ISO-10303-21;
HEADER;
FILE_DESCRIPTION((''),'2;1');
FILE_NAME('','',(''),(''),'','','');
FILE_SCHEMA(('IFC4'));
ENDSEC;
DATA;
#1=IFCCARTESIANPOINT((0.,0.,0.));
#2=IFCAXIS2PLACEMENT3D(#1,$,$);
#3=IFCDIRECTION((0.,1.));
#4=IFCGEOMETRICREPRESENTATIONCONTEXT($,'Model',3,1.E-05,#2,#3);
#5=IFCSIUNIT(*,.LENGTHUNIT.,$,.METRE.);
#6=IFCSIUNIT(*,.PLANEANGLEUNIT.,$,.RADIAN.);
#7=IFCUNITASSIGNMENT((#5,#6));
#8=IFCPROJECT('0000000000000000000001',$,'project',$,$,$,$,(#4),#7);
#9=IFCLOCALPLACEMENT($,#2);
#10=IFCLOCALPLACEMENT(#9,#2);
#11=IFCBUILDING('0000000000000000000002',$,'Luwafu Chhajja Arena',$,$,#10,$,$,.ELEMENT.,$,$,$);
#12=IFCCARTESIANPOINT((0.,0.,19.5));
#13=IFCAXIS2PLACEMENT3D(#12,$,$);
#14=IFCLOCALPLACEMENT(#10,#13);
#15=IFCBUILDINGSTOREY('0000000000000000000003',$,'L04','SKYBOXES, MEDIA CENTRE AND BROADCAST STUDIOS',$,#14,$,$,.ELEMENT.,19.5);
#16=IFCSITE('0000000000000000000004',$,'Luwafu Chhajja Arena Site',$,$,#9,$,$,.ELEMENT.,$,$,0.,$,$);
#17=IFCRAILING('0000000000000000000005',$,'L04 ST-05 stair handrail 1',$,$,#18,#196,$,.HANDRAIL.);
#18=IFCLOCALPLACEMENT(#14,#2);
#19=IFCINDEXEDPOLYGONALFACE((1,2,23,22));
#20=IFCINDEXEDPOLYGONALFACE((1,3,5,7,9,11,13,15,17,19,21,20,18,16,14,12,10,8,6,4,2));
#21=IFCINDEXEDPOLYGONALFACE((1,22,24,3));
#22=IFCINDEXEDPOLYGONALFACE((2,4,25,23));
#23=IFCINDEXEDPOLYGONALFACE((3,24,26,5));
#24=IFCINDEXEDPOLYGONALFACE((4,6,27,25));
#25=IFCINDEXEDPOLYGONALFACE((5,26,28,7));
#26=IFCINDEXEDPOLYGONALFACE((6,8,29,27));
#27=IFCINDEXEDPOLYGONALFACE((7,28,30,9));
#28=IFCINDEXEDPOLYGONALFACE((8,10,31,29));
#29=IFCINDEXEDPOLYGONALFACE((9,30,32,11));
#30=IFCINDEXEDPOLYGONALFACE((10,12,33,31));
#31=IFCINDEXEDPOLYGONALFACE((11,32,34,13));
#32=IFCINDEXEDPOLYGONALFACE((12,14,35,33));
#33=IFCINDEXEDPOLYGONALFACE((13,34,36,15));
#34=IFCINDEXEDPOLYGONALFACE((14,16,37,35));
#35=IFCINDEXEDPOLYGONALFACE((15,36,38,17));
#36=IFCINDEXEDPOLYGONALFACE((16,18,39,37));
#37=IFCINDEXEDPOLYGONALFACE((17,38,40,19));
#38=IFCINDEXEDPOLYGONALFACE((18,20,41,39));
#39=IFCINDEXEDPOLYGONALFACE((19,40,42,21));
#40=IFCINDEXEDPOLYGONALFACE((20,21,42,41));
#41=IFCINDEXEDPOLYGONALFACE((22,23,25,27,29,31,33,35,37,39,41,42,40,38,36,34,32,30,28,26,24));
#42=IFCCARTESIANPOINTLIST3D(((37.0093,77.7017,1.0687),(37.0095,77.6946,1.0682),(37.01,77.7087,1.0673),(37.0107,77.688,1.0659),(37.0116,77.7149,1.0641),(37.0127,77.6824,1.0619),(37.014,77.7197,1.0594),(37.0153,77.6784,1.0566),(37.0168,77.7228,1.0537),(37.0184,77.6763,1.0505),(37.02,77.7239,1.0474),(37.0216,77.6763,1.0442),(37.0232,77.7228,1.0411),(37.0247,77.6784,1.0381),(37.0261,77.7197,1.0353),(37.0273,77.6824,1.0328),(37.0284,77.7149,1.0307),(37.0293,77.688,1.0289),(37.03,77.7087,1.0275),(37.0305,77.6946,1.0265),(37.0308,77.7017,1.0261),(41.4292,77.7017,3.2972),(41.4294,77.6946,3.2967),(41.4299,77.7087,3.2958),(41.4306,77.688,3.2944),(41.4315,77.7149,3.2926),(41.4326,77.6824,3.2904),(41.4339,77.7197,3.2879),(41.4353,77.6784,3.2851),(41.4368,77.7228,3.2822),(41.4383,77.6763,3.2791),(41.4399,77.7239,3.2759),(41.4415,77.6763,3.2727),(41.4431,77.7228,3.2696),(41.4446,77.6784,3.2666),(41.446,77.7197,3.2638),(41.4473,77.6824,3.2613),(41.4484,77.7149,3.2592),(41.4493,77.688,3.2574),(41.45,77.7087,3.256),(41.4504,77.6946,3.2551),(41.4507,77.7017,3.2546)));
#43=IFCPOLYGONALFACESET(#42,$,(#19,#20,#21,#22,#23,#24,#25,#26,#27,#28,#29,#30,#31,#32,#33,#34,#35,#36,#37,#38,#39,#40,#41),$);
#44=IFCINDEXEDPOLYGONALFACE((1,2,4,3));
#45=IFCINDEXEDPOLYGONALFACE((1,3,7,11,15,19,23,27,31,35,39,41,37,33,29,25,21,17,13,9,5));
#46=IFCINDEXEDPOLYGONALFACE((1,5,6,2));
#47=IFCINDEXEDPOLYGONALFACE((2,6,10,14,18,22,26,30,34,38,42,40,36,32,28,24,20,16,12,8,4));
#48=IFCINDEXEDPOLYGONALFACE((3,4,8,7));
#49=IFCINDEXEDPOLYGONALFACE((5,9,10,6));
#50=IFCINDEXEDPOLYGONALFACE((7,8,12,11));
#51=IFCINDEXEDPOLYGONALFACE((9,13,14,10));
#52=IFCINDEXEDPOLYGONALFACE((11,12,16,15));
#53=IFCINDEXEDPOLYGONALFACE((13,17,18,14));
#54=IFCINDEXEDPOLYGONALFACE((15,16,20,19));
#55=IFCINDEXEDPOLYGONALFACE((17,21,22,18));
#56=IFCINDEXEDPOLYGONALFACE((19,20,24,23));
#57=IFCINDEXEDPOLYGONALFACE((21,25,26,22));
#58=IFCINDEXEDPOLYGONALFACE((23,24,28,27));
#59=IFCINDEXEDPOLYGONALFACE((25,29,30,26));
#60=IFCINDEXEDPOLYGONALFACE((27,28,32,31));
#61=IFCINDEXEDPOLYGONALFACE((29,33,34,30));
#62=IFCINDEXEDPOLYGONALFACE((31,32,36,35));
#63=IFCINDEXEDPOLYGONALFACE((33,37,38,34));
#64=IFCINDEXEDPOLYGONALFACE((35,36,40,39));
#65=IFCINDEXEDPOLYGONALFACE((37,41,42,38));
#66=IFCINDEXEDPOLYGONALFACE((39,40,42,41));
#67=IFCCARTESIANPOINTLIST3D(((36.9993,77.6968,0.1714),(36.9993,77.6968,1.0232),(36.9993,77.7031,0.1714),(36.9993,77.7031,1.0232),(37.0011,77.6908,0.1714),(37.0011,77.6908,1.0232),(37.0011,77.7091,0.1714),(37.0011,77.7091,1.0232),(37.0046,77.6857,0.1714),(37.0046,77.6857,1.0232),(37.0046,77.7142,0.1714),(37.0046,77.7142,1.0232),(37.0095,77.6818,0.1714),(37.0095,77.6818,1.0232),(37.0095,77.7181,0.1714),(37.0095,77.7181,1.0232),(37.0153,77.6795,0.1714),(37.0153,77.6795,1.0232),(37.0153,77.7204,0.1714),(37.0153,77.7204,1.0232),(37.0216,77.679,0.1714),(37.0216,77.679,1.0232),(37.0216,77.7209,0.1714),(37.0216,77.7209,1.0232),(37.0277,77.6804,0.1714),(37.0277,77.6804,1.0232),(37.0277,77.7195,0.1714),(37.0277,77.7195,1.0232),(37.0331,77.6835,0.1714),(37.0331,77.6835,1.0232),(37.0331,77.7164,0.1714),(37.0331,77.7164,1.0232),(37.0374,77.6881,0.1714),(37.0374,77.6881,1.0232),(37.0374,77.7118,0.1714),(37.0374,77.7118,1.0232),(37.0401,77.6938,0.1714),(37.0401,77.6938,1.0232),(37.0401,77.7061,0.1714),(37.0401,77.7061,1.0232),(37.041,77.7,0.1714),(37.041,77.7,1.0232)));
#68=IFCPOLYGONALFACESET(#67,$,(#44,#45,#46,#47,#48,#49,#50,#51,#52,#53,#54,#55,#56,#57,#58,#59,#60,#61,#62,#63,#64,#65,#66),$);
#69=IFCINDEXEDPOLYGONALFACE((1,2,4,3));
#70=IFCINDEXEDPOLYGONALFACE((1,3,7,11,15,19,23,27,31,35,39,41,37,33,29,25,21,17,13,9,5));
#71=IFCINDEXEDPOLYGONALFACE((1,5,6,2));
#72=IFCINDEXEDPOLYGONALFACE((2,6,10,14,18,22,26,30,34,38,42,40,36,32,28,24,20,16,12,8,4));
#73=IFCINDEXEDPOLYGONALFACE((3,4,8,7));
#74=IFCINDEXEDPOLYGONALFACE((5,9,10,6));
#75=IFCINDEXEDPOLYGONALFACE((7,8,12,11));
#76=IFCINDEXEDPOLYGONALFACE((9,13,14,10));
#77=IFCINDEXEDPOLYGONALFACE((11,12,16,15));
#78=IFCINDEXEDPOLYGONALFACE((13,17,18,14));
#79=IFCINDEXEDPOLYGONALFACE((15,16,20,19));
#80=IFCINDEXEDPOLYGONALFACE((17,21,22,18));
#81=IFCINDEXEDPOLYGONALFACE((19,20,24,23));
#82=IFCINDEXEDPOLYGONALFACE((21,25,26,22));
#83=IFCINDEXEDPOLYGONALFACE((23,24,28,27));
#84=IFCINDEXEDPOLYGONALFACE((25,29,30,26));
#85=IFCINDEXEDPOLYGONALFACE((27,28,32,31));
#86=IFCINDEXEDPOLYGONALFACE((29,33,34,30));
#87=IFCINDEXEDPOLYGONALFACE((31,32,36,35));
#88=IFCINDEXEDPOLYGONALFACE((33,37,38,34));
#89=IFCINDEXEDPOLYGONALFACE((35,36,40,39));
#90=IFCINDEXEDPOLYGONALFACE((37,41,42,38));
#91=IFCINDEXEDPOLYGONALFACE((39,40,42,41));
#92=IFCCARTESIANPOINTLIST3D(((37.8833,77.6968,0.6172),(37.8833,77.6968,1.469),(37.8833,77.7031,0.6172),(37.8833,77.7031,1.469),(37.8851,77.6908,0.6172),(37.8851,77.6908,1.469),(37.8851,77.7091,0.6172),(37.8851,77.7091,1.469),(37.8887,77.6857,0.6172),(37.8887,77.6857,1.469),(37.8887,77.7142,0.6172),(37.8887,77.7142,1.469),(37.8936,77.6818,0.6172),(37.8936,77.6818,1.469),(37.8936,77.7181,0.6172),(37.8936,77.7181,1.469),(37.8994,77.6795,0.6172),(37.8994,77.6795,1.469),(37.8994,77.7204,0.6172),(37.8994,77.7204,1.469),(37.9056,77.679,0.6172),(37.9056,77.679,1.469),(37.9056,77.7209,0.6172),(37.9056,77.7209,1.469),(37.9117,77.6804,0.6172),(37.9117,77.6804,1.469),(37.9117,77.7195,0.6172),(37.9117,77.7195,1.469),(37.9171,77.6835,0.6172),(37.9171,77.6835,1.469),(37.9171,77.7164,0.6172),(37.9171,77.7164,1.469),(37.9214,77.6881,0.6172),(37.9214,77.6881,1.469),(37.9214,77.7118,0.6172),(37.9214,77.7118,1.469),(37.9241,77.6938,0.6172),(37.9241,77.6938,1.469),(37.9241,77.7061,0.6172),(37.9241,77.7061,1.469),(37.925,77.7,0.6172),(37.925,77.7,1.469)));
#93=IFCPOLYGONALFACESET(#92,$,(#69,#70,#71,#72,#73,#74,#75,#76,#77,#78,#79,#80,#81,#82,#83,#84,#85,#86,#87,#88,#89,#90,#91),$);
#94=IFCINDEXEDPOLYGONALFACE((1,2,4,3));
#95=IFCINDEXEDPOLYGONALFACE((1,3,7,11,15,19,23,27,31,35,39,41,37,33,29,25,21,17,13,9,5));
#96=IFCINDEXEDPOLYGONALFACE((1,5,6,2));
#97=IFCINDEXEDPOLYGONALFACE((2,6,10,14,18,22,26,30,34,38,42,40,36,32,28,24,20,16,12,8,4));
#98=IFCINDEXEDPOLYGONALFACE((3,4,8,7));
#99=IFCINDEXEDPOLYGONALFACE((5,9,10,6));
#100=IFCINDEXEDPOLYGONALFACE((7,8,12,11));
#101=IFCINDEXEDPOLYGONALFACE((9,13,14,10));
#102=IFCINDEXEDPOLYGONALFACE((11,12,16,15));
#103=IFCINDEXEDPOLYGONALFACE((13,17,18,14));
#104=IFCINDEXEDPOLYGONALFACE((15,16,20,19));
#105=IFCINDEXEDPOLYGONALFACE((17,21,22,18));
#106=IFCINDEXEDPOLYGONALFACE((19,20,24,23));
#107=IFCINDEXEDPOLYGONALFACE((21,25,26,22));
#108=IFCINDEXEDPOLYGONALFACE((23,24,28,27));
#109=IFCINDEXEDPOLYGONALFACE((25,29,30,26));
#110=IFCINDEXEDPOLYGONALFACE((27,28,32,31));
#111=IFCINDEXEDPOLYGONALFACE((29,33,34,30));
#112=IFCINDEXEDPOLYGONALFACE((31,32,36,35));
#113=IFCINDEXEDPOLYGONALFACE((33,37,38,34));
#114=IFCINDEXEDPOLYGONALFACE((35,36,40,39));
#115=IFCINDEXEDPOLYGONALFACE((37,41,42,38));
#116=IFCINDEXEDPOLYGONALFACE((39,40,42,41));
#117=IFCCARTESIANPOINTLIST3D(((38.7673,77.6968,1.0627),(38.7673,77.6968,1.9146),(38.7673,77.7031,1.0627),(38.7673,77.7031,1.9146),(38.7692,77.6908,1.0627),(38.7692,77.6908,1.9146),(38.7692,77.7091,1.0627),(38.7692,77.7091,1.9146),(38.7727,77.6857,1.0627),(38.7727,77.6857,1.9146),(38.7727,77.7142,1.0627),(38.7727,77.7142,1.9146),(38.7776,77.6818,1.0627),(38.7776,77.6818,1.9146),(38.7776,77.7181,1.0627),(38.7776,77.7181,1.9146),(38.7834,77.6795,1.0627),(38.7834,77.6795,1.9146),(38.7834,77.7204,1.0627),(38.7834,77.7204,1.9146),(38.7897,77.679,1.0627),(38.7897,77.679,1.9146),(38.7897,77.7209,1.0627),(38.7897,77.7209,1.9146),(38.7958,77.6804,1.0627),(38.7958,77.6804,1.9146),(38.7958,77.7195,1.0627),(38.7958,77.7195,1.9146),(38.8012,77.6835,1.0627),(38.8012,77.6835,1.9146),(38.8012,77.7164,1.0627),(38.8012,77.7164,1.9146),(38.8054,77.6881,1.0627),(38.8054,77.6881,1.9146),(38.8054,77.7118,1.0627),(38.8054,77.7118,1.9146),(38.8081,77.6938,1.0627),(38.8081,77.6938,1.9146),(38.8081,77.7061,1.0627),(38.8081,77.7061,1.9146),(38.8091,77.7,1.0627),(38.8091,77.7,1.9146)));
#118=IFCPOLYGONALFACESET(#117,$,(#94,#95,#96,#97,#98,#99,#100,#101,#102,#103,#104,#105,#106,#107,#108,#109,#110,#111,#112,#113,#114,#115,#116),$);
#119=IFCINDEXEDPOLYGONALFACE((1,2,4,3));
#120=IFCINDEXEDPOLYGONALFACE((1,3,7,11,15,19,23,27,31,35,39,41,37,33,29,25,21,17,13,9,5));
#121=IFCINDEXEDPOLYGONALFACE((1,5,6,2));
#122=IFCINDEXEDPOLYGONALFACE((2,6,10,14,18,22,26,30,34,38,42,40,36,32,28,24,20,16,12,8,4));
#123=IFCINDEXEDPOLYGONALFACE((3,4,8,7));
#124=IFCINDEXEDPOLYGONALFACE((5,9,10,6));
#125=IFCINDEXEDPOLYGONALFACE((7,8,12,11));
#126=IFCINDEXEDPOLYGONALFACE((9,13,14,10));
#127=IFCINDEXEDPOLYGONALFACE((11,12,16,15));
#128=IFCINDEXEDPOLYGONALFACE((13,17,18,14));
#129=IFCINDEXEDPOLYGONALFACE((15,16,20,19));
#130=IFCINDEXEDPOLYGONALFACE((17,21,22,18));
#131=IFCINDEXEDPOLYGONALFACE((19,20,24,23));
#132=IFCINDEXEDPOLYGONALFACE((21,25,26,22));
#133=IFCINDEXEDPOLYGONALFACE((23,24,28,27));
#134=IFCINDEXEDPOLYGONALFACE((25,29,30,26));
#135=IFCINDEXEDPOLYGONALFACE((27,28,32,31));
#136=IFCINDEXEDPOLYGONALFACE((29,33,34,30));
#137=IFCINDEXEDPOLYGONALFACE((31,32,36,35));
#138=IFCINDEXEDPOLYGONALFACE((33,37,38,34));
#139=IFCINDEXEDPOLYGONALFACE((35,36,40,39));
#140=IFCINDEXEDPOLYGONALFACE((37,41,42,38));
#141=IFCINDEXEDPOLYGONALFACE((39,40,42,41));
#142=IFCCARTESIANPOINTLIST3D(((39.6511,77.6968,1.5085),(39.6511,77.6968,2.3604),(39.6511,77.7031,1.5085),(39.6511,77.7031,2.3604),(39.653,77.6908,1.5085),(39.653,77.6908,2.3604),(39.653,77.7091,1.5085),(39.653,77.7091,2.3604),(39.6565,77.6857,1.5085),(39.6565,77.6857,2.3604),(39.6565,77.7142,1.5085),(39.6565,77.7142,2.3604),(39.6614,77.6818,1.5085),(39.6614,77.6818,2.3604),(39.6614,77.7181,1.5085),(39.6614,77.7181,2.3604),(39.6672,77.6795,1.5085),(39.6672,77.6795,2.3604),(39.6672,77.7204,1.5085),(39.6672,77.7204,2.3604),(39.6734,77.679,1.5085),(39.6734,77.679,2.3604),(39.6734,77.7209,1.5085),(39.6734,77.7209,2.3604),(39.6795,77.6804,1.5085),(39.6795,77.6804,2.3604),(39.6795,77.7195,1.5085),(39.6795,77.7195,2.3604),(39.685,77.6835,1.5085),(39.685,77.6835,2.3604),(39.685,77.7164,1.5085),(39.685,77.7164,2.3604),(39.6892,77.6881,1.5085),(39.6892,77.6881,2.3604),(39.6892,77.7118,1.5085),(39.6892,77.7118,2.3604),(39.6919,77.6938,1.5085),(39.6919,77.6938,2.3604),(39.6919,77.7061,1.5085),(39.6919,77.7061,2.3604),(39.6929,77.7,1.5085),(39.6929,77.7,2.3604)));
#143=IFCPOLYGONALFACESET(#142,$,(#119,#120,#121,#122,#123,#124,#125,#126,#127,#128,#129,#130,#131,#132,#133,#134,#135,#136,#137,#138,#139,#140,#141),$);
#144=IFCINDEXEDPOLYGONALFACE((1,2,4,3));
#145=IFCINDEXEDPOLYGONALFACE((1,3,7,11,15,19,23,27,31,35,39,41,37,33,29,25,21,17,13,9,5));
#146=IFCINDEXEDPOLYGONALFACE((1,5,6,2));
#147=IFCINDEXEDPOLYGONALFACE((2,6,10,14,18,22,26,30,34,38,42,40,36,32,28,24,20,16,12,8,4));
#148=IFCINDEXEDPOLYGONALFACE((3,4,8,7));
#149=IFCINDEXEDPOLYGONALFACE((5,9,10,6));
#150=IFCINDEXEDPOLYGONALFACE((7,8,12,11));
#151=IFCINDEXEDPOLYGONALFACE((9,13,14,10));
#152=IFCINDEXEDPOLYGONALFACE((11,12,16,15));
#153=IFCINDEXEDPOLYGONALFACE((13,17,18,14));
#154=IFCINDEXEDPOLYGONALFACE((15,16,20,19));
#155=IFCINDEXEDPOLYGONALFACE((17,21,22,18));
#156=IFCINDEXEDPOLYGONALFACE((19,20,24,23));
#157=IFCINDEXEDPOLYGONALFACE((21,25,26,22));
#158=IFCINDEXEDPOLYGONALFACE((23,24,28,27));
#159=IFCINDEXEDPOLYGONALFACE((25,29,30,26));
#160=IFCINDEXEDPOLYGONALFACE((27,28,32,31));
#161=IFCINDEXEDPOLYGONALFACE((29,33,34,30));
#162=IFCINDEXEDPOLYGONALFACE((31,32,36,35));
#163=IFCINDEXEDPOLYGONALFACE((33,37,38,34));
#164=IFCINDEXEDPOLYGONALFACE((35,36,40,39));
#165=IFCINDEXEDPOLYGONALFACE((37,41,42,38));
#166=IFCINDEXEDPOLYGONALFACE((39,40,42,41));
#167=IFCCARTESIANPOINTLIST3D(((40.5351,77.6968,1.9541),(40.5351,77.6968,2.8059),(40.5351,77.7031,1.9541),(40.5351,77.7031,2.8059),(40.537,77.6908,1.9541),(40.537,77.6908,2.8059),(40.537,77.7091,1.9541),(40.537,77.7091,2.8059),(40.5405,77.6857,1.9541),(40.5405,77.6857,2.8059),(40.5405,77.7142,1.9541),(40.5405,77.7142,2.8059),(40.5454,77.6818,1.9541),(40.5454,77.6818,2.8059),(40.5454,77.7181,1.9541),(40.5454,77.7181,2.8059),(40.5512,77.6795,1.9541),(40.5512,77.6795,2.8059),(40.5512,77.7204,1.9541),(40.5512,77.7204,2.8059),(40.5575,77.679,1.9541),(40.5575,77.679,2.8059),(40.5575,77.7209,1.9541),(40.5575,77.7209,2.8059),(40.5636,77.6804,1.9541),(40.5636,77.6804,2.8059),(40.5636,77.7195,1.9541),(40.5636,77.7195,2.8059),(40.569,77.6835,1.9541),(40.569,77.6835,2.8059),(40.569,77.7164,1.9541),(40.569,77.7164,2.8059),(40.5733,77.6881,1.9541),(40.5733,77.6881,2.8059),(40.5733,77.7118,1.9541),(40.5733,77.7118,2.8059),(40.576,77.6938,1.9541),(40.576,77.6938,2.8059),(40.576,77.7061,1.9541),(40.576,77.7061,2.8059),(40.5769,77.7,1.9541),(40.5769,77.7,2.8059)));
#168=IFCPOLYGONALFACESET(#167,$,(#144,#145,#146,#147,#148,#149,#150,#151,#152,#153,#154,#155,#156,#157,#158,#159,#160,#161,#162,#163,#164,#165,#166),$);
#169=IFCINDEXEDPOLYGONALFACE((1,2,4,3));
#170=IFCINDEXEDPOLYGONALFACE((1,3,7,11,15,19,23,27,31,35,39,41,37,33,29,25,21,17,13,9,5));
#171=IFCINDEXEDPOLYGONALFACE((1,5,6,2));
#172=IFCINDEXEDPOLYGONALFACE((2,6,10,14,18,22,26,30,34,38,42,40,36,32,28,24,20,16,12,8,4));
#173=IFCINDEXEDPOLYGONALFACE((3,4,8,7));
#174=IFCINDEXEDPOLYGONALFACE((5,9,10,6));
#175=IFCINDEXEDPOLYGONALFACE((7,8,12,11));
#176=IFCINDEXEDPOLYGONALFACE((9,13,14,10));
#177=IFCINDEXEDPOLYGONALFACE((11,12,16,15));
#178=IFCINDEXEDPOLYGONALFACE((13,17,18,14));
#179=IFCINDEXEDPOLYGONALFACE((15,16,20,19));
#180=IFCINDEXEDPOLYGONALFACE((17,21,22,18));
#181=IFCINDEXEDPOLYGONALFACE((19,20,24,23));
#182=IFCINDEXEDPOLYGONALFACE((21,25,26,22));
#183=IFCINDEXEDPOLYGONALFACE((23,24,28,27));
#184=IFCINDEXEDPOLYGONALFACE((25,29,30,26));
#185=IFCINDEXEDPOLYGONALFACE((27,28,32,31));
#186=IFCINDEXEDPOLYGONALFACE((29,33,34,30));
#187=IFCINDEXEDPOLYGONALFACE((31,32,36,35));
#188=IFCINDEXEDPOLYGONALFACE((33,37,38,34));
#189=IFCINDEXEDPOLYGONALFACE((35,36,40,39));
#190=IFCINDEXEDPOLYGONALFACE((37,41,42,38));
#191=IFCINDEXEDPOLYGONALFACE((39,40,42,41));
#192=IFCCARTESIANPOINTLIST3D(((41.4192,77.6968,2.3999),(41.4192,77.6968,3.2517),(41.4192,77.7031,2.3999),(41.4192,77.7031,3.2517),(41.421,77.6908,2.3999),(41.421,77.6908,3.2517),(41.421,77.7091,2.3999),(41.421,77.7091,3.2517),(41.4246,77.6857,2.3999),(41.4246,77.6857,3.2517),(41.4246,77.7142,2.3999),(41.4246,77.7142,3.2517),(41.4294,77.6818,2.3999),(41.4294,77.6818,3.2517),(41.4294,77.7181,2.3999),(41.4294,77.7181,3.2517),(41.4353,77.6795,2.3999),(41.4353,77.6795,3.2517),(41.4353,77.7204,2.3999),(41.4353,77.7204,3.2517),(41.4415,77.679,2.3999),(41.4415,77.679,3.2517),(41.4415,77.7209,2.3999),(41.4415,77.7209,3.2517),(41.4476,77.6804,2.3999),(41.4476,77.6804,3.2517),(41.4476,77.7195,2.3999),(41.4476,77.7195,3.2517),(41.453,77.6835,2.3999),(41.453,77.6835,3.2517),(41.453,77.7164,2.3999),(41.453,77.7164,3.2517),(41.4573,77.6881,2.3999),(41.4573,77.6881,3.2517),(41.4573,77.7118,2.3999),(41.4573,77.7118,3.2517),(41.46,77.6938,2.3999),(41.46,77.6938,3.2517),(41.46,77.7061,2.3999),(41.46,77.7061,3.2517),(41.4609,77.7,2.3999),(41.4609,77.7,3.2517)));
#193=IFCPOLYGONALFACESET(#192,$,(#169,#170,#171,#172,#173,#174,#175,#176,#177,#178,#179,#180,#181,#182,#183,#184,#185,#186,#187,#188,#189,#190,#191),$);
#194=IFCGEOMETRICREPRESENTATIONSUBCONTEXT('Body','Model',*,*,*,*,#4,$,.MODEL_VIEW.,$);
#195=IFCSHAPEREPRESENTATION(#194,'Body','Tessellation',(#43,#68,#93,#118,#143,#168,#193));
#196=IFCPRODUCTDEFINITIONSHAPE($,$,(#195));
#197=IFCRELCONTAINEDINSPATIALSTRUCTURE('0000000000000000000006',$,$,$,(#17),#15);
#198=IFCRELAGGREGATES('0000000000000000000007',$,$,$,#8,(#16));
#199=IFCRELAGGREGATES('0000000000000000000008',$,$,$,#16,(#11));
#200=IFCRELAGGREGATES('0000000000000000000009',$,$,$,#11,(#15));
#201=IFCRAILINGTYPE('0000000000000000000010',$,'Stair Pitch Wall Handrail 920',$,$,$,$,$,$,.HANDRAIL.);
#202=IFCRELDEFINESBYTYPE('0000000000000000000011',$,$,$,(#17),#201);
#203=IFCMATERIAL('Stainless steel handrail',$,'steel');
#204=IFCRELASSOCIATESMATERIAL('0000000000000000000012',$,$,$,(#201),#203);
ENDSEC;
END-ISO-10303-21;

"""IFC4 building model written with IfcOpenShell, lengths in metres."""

from ifc_helpers import new_model, si_unit, direction, frame, origin, origin_2d, place, context, subcontext, project, spatial, circle, extrude, material, type_object, element, save


model = new_model("IFC4")

# Units and contexts
model_context = context("Model", 3, precision=1e-05, world=origin(), true_north=direction((0.0, 1.0)))
body_context = subcontext(model_context, "Body", "Model", "MODEL_VIEW")
ifc_project = project(units=[si_unit("LENGTHUNIT", "METRE"), si_unit("PLANEANGLEUNIT", "RADIAN")], contexts=[model_context])

# Site, building, storey
site_placement = place(None, origin())
site = spatial("IfcSite", under=ifc_project, at=site_placement, Name="Luwafu Chhajja Arena Site", CompositionType="ELEMENT", RefElevation=0.0)
building_placement = place(site_placement, origin())
building = spatial("IfcBuilding", under=site, at=building_placement, Name="Luwafu Chhajja Arena", CompositionType="ELEMENT")
storey_placement = place(building_placement, frame((0.0, 0.0, 19.5)))
storey = spatial("IfcBuildingStorey", under=building, at=storey_placement, Name="L04", Description="SKYBOXES, MEDIA CENTRE AND BROADCAST STUDIOS", CompositionType="ELEMENT", Elevation=19.5)

# Railing
ifc_material_1 = material(Name="Stainless steel handrail", Category="steel")
railing_type_1 = type_object("IfcRailingType", Name="Stair Pitch Wall Handrail 920", PredefinedType="HANDRAIL", material=ifc_material_1)
railing_1_placement = place(storey_placement, frame((37.02, 77.7, 0.1714)))
element("IfcRailing", 1, at=railing_1_placement, inside=storey, type_object=railing_type_1, Name="L04 ST-05 stair handrail 1", PredefinedType="HANDRAIL", context=body_context, shape_type="SweptSolid", body=[
    extrude(circle(Radius=0.0239, at=origin_2d()), frame((0.0, 0.0, 0.876), z_axis=(0.892923, 0.0, 0.45021), x_axis=(0.0, 1.0, 0.0)), (0.0, 0.0, 1.0), 4.95),
    extrude(circle(Radius=0.021, at=origin_2d()), origin(), (0.0, 0.0, 1.0), 0.8518),
    extrude(circle(Radius=0.021, at=origin_2d()), frame((0.884, 0.0, 0.4458)), (0.0, 0.0, 1.0), 0.8518),
    extrude(circle(Radius=0.021, at=origin_2d()), frame((1.7681, 0.0, 0.8914)), (0.0, 0.0, 1.0), 0.8518),
    extrude(circle(Radius=0.021, at=origin_2d()), frame((2.6519, 0.0, 1.3372)), (0.0, 0.0, 1.0), 0.8518),
    extrude(circle(Radius=0.021, at=origin_2d()), frame((3.5359, 0.0, 1.7827)), (0.0, 0.0, 1.0), 0.8518),
    extrude(circle(Radius=0.021, at=origin_2d()), frame((4.4199, 0.0, 2.2285)), (0.0, 0.0, 1.0), 0.8518),
])

save(model, "model.ifc")
